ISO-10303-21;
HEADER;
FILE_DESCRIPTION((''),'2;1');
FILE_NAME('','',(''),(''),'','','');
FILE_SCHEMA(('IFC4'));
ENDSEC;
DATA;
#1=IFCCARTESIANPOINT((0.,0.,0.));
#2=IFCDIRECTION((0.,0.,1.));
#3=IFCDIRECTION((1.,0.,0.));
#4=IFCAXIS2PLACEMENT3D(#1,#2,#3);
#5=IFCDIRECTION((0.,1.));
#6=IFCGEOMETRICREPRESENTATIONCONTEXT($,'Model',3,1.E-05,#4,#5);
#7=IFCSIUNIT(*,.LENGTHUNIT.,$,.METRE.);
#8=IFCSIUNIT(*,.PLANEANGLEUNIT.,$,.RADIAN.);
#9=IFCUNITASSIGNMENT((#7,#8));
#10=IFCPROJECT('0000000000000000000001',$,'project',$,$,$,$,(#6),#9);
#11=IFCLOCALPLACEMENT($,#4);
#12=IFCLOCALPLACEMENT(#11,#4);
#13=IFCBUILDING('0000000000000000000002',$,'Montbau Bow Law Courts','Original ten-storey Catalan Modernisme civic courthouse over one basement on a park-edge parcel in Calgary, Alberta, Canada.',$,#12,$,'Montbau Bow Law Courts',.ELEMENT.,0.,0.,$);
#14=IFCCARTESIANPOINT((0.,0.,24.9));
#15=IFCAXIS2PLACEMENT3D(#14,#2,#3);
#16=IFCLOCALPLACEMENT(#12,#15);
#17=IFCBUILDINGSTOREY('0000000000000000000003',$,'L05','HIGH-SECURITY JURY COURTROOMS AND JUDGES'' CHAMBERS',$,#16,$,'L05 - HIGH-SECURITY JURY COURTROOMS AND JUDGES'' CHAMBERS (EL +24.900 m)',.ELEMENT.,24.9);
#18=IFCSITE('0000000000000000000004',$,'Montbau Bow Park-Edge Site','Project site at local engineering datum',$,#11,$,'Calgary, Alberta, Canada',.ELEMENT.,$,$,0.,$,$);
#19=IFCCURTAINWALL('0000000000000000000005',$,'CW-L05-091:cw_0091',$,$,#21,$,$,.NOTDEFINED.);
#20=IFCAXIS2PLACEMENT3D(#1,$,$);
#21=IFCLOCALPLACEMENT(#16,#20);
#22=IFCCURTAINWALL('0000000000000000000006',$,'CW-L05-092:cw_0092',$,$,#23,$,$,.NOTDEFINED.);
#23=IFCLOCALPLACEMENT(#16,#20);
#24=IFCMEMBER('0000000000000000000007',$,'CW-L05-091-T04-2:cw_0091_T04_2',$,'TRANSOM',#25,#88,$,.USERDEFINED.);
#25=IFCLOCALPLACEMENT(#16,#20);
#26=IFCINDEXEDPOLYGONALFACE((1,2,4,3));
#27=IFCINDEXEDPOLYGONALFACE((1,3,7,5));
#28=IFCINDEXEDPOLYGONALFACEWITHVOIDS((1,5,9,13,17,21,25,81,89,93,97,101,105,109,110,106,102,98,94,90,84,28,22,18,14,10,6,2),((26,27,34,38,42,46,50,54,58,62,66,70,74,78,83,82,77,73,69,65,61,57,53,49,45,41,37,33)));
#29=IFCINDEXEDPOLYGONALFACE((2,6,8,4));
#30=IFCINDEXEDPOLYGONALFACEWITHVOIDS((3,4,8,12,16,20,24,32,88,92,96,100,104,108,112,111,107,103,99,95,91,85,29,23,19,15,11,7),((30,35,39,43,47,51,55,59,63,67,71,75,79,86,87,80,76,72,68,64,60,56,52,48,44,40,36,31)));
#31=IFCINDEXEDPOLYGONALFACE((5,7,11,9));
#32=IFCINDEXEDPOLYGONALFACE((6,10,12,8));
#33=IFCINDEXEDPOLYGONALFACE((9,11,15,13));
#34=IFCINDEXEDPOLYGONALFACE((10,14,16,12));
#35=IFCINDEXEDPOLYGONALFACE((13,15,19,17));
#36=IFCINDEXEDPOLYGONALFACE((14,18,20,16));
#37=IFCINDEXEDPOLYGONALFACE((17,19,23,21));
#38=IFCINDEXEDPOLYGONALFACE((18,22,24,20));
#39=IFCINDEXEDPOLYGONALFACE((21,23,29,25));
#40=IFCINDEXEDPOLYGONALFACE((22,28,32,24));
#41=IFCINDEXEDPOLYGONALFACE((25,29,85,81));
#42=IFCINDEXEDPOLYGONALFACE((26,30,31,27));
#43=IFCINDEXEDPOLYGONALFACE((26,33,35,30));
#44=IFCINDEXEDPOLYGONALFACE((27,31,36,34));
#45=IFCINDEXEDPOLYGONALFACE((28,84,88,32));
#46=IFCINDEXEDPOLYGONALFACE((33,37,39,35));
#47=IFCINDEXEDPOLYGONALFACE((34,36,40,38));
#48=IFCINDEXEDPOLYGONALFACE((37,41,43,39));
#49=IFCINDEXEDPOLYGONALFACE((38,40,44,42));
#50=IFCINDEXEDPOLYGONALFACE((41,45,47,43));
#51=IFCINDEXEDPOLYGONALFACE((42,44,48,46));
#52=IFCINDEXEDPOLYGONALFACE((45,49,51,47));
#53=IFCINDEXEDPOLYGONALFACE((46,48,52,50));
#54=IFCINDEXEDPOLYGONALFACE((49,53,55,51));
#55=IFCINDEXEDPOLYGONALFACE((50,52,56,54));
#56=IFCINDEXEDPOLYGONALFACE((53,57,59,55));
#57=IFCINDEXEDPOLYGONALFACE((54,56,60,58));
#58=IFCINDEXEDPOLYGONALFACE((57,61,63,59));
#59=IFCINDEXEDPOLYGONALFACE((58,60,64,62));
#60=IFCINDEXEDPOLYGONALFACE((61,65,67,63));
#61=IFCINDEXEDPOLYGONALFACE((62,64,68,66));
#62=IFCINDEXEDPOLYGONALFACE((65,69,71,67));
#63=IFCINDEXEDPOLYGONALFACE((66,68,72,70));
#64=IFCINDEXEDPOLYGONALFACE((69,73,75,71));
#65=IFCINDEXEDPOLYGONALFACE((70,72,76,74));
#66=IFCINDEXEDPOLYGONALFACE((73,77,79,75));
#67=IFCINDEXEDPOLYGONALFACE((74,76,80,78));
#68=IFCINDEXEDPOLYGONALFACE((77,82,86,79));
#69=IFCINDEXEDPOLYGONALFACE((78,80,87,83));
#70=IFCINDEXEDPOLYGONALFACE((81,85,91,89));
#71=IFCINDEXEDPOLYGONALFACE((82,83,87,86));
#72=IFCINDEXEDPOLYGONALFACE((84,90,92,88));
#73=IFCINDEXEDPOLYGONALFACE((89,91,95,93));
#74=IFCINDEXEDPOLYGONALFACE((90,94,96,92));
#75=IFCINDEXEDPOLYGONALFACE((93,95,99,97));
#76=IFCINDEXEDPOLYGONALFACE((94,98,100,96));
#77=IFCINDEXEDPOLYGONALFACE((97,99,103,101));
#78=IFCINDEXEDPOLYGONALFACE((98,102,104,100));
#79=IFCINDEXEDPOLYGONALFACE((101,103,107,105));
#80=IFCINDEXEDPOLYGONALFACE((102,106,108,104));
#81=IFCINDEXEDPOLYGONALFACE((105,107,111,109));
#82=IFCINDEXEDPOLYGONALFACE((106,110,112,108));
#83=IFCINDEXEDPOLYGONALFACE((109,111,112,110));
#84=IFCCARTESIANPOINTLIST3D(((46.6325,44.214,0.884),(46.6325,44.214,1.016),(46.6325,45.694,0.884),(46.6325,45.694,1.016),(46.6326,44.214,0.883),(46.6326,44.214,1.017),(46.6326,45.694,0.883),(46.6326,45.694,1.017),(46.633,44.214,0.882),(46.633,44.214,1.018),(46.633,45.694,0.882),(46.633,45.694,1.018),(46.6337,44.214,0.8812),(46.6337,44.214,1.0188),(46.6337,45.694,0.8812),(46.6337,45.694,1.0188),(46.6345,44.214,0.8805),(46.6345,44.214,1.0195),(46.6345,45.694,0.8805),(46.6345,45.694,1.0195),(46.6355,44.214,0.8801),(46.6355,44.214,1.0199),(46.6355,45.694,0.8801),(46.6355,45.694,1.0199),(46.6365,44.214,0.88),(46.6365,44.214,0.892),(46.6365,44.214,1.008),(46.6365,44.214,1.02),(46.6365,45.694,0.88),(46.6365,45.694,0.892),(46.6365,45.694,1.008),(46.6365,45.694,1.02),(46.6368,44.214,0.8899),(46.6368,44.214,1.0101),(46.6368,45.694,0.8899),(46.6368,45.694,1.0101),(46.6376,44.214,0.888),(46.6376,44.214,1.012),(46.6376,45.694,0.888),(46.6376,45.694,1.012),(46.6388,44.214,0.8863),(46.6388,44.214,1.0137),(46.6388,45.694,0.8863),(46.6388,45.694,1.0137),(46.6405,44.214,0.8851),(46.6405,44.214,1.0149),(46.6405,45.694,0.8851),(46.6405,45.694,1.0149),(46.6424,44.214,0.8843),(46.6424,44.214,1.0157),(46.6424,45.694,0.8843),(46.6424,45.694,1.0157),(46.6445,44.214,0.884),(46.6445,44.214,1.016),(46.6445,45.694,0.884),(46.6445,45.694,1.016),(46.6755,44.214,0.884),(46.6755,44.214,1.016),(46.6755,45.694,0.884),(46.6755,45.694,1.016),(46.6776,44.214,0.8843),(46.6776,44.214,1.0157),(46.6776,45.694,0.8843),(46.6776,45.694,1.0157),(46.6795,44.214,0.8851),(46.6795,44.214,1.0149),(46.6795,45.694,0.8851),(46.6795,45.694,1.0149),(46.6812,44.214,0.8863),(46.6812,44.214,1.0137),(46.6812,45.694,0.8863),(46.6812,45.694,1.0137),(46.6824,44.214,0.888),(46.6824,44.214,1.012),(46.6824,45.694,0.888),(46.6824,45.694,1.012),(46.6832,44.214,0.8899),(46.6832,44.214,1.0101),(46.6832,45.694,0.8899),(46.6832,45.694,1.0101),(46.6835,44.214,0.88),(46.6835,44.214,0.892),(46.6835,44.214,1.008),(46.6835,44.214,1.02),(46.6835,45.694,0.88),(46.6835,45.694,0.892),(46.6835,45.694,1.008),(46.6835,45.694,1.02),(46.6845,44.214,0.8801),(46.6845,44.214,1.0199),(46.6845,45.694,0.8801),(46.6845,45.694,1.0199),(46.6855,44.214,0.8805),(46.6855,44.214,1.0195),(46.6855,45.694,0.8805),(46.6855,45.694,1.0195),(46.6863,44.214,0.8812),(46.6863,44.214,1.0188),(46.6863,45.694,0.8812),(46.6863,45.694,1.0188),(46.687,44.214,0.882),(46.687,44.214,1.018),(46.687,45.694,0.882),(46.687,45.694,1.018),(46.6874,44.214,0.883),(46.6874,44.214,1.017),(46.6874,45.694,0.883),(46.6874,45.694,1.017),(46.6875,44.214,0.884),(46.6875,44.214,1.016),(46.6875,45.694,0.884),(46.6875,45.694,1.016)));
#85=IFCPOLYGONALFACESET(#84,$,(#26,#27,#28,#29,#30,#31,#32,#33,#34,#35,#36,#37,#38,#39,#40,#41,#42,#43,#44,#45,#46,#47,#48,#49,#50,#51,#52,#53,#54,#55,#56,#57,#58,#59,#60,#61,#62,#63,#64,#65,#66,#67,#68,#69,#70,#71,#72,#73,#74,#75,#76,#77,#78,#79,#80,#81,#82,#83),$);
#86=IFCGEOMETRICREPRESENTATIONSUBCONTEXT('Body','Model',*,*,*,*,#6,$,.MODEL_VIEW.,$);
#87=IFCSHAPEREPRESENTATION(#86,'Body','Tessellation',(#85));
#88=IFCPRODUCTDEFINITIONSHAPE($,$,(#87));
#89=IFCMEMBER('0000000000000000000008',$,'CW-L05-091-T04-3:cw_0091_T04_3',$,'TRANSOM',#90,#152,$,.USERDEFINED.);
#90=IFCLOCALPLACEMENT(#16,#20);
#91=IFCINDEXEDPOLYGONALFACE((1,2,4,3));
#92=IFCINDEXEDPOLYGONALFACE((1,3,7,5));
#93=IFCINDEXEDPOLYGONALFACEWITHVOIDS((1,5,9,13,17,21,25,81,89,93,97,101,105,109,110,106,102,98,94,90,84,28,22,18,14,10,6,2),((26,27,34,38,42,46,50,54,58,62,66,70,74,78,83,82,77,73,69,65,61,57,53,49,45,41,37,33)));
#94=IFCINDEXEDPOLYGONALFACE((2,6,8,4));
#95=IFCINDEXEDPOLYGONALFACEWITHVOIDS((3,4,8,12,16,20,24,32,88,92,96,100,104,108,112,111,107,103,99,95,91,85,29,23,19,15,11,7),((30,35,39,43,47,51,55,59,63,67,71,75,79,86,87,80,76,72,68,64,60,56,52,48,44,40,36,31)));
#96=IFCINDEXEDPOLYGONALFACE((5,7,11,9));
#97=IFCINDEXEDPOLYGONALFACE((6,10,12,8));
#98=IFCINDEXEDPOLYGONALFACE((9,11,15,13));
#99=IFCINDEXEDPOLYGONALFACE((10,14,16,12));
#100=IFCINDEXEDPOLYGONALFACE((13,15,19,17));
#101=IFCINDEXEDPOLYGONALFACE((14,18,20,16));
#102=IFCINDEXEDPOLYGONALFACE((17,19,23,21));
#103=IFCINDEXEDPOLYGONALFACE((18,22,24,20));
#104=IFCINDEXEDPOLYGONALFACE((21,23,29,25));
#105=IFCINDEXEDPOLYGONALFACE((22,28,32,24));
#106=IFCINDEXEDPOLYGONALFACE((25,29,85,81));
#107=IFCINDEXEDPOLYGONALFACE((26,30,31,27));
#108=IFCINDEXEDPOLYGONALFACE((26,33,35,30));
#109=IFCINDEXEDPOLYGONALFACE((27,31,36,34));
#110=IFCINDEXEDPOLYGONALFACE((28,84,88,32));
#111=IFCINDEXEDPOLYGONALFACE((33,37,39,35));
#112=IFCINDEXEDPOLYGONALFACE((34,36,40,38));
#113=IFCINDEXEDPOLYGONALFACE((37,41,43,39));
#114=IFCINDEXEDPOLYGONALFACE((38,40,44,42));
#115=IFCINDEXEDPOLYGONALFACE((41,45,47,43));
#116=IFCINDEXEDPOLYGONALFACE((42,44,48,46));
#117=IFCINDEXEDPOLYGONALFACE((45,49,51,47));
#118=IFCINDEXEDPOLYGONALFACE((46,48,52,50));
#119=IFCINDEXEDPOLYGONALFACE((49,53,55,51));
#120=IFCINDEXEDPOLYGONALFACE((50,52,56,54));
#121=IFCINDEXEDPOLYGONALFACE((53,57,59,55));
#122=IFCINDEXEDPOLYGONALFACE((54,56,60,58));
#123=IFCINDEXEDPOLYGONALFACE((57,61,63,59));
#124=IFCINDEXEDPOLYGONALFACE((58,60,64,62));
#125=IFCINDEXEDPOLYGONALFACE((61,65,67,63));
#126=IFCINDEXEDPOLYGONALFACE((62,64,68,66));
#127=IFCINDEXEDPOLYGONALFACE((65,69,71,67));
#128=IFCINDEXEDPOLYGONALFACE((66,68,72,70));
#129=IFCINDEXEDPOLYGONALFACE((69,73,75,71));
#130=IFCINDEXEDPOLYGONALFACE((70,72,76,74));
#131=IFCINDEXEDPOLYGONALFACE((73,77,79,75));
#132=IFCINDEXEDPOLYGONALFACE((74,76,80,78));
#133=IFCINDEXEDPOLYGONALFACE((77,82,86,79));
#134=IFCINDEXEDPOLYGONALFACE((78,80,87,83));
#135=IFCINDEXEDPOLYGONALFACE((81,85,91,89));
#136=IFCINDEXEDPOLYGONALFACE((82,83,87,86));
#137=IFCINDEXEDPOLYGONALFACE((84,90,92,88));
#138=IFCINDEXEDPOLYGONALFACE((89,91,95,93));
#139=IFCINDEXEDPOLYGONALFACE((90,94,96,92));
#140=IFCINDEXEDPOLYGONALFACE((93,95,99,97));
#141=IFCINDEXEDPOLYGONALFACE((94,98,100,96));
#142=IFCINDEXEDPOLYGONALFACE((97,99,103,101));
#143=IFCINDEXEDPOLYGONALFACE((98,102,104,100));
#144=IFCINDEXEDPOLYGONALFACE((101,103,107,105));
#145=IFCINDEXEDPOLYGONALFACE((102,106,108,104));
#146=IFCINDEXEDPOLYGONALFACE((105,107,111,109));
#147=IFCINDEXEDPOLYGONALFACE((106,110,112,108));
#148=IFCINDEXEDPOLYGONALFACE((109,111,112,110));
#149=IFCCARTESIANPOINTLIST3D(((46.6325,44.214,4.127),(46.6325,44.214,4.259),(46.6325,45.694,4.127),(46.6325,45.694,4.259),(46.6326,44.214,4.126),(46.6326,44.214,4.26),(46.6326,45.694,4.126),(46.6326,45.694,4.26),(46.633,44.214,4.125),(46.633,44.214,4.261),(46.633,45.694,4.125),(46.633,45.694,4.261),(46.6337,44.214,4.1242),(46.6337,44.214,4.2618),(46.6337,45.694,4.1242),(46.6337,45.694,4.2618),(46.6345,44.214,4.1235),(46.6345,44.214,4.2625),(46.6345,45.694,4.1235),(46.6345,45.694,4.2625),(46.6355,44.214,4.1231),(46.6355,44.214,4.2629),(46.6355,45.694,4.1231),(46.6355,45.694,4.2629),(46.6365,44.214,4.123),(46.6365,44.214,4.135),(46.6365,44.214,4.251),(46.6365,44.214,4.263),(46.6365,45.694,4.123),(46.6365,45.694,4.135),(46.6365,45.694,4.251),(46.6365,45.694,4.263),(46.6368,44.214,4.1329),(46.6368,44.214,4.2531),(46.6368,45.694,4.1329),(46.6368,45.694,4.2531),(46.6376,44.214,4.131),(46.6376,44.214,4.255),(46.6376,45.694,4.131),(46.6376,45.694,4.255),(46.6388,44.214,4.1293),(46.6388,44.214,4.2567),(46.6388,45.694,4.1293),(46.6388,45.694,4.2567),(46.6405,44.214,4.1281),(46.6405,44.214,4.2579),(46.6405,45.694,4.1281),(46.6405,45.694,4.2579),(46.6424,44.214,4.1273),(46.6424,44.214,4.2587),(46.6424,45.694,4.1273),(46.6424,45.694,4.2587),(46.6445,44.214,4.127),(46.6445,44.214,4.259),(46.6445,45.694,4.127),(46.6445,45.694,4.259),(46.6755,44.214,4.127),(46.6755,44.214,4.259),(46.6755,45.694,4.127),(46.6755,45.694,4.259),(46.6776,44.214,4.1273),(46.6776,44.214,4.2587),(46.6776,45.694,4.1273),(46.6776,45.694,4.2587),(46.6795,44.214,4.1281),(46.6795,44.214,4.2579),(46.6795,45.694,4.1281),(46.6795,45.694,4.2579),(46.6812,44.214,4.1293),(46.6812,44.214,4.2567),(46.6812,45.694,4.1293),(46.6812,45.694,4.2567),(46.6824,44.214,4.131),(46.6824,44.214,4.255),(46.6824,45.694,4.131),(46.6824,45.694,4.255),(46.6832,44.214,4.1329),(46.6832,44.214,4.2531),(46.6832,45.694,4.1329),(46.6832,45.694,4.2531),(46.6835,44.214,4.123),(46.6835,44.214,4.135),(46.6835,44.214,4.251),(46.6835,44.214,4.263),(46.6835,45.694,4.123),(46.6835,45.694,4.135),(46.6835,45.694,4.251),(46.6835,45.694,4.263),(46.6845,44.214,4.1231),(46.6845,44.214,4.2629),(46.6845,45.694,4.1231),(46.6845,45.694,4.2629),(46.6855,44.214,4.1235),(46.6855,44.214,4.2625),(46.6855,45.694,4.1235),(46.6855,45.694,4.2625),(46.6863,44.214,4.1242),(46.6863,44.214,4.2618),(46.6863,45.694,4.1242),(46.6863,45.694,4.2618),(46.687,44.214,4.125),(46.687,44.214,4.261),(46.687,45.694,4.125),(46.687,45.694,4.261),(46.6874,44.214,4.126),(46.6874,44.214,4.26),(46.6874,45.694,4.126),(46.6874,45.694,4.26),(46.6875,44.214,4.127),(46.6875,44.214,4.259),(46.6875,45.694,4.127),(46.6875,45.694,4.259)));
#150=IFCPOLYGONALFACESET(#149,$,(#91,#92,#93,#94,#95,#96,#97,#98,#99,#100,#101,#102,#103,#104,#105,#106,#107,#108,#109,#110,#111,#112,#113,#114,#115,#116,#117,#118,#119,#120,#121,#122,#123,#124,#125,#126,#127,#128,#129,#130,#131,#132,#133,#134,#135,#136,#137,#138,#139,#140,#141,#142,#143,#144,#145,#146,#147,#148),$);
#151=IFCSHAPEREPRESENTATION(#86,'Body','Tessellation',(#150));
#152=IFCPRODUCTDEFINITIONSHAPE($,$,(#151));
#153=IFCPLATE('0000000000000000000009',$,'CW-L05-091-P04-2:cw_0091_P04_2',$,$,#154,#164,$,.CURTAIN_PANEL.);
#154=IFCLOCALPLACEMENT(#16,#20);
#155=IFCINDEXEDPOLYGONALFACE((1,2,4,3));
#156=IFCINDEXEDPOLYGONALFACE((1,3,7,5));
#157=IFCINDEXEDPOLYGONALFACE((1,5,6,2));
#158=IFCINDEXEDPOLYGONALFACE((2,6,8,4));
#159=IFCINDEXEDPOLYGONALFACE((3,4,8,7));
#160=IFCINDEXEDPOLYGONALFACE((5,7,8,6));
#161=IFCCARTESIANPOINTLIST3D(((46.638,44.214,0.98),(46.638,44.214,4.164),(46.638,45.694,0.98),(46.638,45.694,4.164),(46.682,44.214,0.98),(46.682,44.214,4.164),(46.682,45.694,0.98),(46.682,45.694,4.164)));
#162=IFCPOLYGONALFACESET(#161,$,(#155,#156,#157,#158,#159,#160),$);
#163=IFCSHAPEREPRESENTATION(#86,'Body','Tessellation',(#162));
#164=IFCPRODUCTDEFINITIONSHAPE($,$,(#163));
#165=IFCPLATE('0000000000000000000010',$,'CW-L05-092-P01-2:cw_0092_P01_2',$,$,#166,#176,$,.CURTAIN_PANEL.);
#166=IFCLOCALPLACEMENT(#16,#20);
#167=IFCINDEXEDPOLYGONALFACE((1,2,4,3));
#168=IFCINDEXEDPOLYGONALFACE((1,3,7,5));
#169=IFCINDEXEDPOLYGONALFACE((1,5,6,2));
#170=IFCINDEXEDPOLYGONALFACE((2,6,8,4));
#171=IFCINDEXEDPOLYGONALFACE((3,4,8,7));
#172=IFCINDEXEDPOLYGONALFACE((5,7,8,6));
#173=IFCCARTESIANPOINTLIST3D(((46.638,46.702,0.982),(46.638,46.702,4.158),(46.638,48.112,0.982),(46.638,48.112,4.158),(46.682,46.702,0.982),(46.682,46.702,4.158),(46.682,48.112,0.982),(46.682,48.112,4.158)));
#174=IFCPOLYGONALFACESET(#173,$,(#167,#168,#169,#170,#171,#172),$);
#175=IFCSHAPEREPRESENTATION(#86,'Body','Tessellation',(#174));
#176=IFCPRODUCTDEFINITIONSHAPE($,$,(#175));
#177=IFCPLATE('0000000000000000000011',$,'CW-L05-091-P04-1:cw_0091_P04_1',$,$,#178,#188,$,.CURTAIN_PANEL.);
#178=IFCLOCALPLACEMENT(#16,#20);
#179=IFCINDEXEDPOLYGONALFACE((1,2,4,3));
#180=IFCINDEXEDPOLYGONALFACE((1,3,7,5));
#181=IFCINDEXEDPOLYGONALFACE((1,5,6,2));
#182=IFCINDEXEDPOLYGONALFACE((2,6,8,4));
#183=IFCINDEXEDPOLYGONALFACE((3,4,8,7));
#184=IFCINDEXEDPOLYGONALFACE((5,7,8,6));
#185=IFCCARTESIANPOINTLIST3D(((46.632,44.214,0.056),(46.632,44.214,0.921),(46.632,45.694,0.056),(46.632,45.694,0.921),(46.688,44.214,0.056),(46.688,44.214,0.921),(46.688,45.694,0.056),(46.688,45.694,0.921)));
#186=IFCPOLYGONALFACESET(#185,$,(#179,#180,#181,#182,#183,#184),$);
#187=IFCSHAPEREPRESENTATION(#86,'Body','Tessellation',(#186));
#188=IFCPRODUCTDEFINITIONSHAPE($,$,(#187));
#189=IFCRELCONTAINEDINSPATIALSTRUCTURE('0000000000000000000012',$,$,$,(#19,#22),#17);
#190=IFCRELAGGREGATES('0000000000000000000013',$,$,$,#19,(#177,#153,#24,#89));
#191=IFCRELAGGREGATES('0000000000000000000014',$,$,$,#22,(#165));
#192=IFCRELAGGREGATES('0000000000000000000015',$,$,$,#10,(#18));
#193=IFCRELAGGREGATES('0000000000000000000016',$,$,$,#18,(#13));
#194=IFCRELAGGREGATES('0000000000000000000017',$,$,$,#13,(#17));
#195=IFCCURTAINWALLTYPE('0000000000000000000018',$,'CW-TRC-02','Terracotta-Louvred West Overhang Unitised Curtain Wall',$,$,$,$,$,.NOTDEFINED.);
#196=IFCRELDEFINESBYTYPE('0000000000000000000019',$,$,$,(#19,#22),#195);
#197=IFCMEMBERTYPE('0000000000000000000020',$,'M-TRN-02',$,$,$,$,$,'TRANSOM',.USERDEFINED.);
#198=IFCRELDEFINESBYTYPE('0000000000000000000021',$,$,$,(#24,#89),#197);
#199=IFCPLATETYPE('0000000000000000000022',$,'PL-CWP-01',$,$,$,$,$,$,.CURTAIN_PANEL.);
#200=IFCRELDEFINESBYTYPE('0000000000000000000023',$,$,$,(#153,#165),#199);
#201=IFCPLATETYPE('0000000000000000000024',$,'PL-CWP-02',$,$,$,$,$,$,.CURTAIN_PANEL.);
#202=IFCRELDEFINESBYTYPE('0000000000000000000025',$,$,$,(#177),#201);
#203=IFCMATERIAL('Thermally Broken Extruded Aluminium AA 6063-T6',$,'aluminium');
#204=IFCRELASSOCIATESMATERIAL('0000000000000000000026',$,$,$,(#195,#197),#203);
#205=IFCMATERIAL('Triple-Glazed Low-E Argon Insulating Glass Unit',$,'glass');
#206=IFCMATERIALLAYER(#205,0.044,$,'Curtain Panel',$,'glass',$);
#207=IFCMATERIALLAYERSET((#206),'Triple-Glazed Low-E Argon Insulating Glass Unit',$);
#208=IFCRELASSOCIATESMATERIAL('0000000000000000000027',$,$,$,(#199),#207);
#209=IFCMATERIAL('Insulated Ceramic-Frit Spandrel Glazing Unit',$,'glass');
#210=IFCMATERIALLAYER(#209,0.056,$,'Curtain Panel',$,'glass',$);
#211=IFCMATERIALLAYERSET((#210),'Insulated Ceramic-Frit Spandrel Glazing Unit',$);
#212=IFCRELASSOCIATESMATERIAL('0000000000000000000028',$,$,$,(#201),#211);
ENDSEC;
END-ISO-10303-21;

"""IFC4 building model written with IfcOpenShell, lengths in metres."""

from ifc_helpers import new_model, si_unit, direction, frame, frame_2d, origin_with_axes, origin_2d_with_axis, place, context, subcontext, project, spatial, rectangle, hollow_rectangle, extrude, material, layer, layer_set, material_profile, profile_set, type_object, element, aggregate, save


model = new_model("IFC4")

# Units and contexts
model_context = context("Model", 3, precision=1e-05, world=origin_with_axes(), true_north=direction((0.0, 1.0)))
body_context = subcontext(model_context, "Body", "Model", "MODEL_VIEW")
ifc_project = project(units=[si_unit("LENGTHUNIT", "METRE"), si_unit("PLANEANGLEUNIT", "RADIAN")], contexts=[model_context])

# Site, building, storey
site_placement = place(None, origin_with_axes())
site = spatial("IfcSite", under=ifc_project, at=site_placement, Name="Montbau Bow Park-Edge Site", Description="Project site at local engineering datum", LongName="Calgary, Alberta, Canada", CompositionType="ELEMENT", RefElevation=0.0)
building_placement = place(site_placement, origin_with_axes())
building = spatial("IfcBuilding", under=site, at=building_placement, Name="Montbau Bow Law Courts", Description="Original ten-storey Catalan Modernisme civic courthouse over one basement on a park-edge parcel in Calgary, Alberta, Canada.", LongName="Montbau Bow Law Courts", CompositionType="ELEMENT", ElevationOfRefHeight=0.0, ElevationOfTerrain=0.0)
storey_placement = place(building_placement, frame((0.0, 0.0, 24.9), z_axis=(0.0, 0.0, 1.0), x_axis=(1.0, 0.0, 0.0)))
storey = spatial("IfcBuildingStorey", under=building, at=storey_placement, Name="L05", Description="HIGH-SECURITY JURY COURTROOMS AND JUDGES' CHAMBERS", LongName="L05 - HIGH-SECURITY JURY COURTROOMS AND JUDGES' CHAMBERS (EL +24.900 m)", CompositionType="ELEMENT", Elevation=24.9)

# Curtain wall
ifc_material_1 = material(Name="Thermally Broken Extruded Aluminium AA 6063-T6", Category="aluminium")
curtain_wall_type = type_object("IfcCurtainWallType", Name="CW-TRC-02", Description="Terracotta-Louvred West Overhang Unitised Curtain Wall", PredefinedType="NOTDEFINED", material=ifc_material_1)
curtain_wall_1_placement = place(None, frame((46.66, 39.44, 24.9), z_axis=(0.0, 0.0, 1.0), x_axis=(1.0, 0.0, 0.0)))
curtain_wall_1 = element("IfcCurtainWall", 1, at=curtain_wall_1_placement, inside=storey, type_object=curtain_wall_type, Name="CW-L05-091:cw_0091", PredefinedType="NOTDEFINED")

# Curtain wall
curtain_wall_2_placement = place(None, frame((46.66, 46.64, 24.9), z_axis=(0.0, 0.0, 1.0), x_axis=(1.0, 0.0, 0.0)))
curtain_wall_2 = element("IfcCurtainWall", 2, at=curtain_wall_2_placement, inside=storey, type_object=curtain_wall_type, Name="CW-L05-092:cw_0092", PredefinedType="NOTDEFINED")

# Members
ifc_material_profile_1 = material_profile(ifc_material_1, hollow_rectangle(XDim=0.055, YDim=0.14, WallThickness=0.004, InnerFilletRadius=0.008, OuterFilletRadius=0.004, at=origin_2d_with_axis()), Name="CWT-140X55", Category="Main", Priority=0)
ifc_profile_set_1 = profile_set([ifc_material_profile_1], Name="Thermally Broken Extruded Aluminium AA 6063-T6")
member_type_1 = type_object("IfcMemberType", Name="M-TRN-02", ElementType="TRANSOM", PredefinedType="USERDEFINED", material=ifc_profile_set_1)
member_1_placement = place(None, frame((46.66, 44.214, 25.85), z_axis=(0.0, 1.0, 0.0), x_axis=(-1.0, 0.0, 0.0)))
member_1 = element("IfcMember", 3, at=member_1_placement, type_object=member_type_1, Name="CW-L05-091-T04-2:cw_0091_T04_2", ObjectType="TRANSOM", PredefinedType="USERDEFINED", context=body_context, shape_type="SweptSolid", body=[
    extrude(hollow_rectangle(XDim=0.055, YDim=0.14, WallThickness=0.004, InnerFilletRadius=0.008, OuterFilletRadius=0.004, at=origin_2d_with_axis()), origin_with_axes(), (0.0, 0.0, 1.0), 1.48),
])
member_2_placement = place(None, frame((46.66, 44.214, 29.093), z_axis=(0.0, 1.0, 0.0), x_axis=(-1.0, 0.0, 0.0)))
member_2 = element("IfcMember", 4, at=member_2_placement, type_object=member_type_1, Name="CW-L05-091-T04-3:cw_0091_T04_3", ObjectType="TRANSOM", PredefinedType="USERDEFINED", context=body_context, shape_type="SweptSolid", body=[
    extrude(hollow_rectangle(XDim=0.055, YDim=0.14, WallThickness=0.004, InnerFilletRadius=0.008, OuterFilletRadius=0.004, at=origin_2d_with_axis()), origin_with_axes(), (0.0, 0.0, 1.0), 1.48),
])

# Plates
ifc_material_2 = material(Name="Triple-Glazed Low-E Argon Insulating Glass Unit", Category="glass")
ifc_layer_1 = layer(ifc_material_2, 0.044, Name="Curtain Panel", Category="glass")
ifc_layer_set_1 = layer_set([ifc_layer_1], Name="Triple-Glazed Low-E Argon Insulating Glass Unit")
plate_type_1 = type_object("IfcPlateType", Name="PL-CWP-01", PredefinedType="CURTAIN_PANEL", material=ifc_layer_set_1)
plate_1_placement = place(None, frame((46.66, 44.214, 25.88), z_axis=(1.0, 0.0, 0.0), x_axis=(0.0, 1.0, 0.0)))
plate_1 = element("IfcPlate", 5, at=plate_1_placement, type_object=plate_type_1, Name="CW-L05-091-P04-2:cw_0091_P04_2", PredefinedType="CURTAIN_PANEL", context=body_context, shape_type="SweptSolid", body=[
    extrude(rectangle(XDim=1.48, YDim=3.184, at=frame_2d((0.74, 1.592), x_axis=(1.0, 0.0))), frame((0.0, 0.0, -0.022), z_axis=(0.0, 0.0, 1.0), x_axis=(1.0, 0.0, 0.0)), (0.0, 0.0, 1.0), 0.044),
])
plate_2_placement = place(None, frame((46.66, 46.702, 25.882), z_axis=(1.0, 0.0, 0.0), x_axis=(0.0, 1.0, 0.0)))
plate_2 = element("IfcPlate", 6, at=plate_2_placement, type_object=plate_type_1, Name="CW-L05-092-P01-2:cw_0092_P01_2", PredefinedType="CURTAIN_PANEL", context=body_context, shape_type="SweptSolid", body=[
    extrude(rectangle(XDim=1.41, YDim=3.176, at=frame_2d((0.705, 1.588), x_axis=(1.0, 0.0))), frame((0.0, 0.0, -0.022), z_axis=(0.0, 0.0, 1.0), x_axis=(1.0, 0.0, 0.0)), (0.0, 0.0, 1.0), 0.044),
])
ifc_material_3 = material(Name="Insulated Ceramic-Frit Spandrel Glazing Unit", Category="glass")
ifc_layer_2 = layer(ifc_material_3, 0.056, Name="Curtain Panel", Category="glass")
ifc_layer_set_2 = layer_set([ifc_layer_2], Name="Insulated Ceramic-Frit Spandrel Glazing Unit")
plate_type_2 = type_object("IfcPlateType", Name="PL-CWP-02", PredefinedType="CURTAIN_PANEL", material=ifc_layer_set_2)
plate_3_placement = place(None, frame((46.66, 44.214, 24.956), z_axis=(1.0, 0.0, 0.0), x_axis=(0.0, 1.0, 0.0)))
plate_3 = element("IfcPlate", 7, at=plate_3_placement, type_object=plate_type_2, Name="CW-L05-091-P04-1:cw_0091_P04_1", PredefinedType="CURTAIN_PANEL", context=body_context, shape_type="SweptSolid", body=[
    extrude(rectangle(XDim=1.48, YDim=0.865, at=frame_2d((0.74, 0.4325), x_axis=(1.0, 0.0))), frame((0.0, 0.0, -0.028), z_axis=(0.0, 0.0, 1.0), x_axis=(1.0, 0.0, 0.0)), (0.0, 0.0, 1.0), 0.056),
])
aggregate(curtain_wall_1, [plate_3, plate_1, member_1, member_2])
aggregate(curtain_wall_2, [plate_2])

save(model, "model.ifc")
